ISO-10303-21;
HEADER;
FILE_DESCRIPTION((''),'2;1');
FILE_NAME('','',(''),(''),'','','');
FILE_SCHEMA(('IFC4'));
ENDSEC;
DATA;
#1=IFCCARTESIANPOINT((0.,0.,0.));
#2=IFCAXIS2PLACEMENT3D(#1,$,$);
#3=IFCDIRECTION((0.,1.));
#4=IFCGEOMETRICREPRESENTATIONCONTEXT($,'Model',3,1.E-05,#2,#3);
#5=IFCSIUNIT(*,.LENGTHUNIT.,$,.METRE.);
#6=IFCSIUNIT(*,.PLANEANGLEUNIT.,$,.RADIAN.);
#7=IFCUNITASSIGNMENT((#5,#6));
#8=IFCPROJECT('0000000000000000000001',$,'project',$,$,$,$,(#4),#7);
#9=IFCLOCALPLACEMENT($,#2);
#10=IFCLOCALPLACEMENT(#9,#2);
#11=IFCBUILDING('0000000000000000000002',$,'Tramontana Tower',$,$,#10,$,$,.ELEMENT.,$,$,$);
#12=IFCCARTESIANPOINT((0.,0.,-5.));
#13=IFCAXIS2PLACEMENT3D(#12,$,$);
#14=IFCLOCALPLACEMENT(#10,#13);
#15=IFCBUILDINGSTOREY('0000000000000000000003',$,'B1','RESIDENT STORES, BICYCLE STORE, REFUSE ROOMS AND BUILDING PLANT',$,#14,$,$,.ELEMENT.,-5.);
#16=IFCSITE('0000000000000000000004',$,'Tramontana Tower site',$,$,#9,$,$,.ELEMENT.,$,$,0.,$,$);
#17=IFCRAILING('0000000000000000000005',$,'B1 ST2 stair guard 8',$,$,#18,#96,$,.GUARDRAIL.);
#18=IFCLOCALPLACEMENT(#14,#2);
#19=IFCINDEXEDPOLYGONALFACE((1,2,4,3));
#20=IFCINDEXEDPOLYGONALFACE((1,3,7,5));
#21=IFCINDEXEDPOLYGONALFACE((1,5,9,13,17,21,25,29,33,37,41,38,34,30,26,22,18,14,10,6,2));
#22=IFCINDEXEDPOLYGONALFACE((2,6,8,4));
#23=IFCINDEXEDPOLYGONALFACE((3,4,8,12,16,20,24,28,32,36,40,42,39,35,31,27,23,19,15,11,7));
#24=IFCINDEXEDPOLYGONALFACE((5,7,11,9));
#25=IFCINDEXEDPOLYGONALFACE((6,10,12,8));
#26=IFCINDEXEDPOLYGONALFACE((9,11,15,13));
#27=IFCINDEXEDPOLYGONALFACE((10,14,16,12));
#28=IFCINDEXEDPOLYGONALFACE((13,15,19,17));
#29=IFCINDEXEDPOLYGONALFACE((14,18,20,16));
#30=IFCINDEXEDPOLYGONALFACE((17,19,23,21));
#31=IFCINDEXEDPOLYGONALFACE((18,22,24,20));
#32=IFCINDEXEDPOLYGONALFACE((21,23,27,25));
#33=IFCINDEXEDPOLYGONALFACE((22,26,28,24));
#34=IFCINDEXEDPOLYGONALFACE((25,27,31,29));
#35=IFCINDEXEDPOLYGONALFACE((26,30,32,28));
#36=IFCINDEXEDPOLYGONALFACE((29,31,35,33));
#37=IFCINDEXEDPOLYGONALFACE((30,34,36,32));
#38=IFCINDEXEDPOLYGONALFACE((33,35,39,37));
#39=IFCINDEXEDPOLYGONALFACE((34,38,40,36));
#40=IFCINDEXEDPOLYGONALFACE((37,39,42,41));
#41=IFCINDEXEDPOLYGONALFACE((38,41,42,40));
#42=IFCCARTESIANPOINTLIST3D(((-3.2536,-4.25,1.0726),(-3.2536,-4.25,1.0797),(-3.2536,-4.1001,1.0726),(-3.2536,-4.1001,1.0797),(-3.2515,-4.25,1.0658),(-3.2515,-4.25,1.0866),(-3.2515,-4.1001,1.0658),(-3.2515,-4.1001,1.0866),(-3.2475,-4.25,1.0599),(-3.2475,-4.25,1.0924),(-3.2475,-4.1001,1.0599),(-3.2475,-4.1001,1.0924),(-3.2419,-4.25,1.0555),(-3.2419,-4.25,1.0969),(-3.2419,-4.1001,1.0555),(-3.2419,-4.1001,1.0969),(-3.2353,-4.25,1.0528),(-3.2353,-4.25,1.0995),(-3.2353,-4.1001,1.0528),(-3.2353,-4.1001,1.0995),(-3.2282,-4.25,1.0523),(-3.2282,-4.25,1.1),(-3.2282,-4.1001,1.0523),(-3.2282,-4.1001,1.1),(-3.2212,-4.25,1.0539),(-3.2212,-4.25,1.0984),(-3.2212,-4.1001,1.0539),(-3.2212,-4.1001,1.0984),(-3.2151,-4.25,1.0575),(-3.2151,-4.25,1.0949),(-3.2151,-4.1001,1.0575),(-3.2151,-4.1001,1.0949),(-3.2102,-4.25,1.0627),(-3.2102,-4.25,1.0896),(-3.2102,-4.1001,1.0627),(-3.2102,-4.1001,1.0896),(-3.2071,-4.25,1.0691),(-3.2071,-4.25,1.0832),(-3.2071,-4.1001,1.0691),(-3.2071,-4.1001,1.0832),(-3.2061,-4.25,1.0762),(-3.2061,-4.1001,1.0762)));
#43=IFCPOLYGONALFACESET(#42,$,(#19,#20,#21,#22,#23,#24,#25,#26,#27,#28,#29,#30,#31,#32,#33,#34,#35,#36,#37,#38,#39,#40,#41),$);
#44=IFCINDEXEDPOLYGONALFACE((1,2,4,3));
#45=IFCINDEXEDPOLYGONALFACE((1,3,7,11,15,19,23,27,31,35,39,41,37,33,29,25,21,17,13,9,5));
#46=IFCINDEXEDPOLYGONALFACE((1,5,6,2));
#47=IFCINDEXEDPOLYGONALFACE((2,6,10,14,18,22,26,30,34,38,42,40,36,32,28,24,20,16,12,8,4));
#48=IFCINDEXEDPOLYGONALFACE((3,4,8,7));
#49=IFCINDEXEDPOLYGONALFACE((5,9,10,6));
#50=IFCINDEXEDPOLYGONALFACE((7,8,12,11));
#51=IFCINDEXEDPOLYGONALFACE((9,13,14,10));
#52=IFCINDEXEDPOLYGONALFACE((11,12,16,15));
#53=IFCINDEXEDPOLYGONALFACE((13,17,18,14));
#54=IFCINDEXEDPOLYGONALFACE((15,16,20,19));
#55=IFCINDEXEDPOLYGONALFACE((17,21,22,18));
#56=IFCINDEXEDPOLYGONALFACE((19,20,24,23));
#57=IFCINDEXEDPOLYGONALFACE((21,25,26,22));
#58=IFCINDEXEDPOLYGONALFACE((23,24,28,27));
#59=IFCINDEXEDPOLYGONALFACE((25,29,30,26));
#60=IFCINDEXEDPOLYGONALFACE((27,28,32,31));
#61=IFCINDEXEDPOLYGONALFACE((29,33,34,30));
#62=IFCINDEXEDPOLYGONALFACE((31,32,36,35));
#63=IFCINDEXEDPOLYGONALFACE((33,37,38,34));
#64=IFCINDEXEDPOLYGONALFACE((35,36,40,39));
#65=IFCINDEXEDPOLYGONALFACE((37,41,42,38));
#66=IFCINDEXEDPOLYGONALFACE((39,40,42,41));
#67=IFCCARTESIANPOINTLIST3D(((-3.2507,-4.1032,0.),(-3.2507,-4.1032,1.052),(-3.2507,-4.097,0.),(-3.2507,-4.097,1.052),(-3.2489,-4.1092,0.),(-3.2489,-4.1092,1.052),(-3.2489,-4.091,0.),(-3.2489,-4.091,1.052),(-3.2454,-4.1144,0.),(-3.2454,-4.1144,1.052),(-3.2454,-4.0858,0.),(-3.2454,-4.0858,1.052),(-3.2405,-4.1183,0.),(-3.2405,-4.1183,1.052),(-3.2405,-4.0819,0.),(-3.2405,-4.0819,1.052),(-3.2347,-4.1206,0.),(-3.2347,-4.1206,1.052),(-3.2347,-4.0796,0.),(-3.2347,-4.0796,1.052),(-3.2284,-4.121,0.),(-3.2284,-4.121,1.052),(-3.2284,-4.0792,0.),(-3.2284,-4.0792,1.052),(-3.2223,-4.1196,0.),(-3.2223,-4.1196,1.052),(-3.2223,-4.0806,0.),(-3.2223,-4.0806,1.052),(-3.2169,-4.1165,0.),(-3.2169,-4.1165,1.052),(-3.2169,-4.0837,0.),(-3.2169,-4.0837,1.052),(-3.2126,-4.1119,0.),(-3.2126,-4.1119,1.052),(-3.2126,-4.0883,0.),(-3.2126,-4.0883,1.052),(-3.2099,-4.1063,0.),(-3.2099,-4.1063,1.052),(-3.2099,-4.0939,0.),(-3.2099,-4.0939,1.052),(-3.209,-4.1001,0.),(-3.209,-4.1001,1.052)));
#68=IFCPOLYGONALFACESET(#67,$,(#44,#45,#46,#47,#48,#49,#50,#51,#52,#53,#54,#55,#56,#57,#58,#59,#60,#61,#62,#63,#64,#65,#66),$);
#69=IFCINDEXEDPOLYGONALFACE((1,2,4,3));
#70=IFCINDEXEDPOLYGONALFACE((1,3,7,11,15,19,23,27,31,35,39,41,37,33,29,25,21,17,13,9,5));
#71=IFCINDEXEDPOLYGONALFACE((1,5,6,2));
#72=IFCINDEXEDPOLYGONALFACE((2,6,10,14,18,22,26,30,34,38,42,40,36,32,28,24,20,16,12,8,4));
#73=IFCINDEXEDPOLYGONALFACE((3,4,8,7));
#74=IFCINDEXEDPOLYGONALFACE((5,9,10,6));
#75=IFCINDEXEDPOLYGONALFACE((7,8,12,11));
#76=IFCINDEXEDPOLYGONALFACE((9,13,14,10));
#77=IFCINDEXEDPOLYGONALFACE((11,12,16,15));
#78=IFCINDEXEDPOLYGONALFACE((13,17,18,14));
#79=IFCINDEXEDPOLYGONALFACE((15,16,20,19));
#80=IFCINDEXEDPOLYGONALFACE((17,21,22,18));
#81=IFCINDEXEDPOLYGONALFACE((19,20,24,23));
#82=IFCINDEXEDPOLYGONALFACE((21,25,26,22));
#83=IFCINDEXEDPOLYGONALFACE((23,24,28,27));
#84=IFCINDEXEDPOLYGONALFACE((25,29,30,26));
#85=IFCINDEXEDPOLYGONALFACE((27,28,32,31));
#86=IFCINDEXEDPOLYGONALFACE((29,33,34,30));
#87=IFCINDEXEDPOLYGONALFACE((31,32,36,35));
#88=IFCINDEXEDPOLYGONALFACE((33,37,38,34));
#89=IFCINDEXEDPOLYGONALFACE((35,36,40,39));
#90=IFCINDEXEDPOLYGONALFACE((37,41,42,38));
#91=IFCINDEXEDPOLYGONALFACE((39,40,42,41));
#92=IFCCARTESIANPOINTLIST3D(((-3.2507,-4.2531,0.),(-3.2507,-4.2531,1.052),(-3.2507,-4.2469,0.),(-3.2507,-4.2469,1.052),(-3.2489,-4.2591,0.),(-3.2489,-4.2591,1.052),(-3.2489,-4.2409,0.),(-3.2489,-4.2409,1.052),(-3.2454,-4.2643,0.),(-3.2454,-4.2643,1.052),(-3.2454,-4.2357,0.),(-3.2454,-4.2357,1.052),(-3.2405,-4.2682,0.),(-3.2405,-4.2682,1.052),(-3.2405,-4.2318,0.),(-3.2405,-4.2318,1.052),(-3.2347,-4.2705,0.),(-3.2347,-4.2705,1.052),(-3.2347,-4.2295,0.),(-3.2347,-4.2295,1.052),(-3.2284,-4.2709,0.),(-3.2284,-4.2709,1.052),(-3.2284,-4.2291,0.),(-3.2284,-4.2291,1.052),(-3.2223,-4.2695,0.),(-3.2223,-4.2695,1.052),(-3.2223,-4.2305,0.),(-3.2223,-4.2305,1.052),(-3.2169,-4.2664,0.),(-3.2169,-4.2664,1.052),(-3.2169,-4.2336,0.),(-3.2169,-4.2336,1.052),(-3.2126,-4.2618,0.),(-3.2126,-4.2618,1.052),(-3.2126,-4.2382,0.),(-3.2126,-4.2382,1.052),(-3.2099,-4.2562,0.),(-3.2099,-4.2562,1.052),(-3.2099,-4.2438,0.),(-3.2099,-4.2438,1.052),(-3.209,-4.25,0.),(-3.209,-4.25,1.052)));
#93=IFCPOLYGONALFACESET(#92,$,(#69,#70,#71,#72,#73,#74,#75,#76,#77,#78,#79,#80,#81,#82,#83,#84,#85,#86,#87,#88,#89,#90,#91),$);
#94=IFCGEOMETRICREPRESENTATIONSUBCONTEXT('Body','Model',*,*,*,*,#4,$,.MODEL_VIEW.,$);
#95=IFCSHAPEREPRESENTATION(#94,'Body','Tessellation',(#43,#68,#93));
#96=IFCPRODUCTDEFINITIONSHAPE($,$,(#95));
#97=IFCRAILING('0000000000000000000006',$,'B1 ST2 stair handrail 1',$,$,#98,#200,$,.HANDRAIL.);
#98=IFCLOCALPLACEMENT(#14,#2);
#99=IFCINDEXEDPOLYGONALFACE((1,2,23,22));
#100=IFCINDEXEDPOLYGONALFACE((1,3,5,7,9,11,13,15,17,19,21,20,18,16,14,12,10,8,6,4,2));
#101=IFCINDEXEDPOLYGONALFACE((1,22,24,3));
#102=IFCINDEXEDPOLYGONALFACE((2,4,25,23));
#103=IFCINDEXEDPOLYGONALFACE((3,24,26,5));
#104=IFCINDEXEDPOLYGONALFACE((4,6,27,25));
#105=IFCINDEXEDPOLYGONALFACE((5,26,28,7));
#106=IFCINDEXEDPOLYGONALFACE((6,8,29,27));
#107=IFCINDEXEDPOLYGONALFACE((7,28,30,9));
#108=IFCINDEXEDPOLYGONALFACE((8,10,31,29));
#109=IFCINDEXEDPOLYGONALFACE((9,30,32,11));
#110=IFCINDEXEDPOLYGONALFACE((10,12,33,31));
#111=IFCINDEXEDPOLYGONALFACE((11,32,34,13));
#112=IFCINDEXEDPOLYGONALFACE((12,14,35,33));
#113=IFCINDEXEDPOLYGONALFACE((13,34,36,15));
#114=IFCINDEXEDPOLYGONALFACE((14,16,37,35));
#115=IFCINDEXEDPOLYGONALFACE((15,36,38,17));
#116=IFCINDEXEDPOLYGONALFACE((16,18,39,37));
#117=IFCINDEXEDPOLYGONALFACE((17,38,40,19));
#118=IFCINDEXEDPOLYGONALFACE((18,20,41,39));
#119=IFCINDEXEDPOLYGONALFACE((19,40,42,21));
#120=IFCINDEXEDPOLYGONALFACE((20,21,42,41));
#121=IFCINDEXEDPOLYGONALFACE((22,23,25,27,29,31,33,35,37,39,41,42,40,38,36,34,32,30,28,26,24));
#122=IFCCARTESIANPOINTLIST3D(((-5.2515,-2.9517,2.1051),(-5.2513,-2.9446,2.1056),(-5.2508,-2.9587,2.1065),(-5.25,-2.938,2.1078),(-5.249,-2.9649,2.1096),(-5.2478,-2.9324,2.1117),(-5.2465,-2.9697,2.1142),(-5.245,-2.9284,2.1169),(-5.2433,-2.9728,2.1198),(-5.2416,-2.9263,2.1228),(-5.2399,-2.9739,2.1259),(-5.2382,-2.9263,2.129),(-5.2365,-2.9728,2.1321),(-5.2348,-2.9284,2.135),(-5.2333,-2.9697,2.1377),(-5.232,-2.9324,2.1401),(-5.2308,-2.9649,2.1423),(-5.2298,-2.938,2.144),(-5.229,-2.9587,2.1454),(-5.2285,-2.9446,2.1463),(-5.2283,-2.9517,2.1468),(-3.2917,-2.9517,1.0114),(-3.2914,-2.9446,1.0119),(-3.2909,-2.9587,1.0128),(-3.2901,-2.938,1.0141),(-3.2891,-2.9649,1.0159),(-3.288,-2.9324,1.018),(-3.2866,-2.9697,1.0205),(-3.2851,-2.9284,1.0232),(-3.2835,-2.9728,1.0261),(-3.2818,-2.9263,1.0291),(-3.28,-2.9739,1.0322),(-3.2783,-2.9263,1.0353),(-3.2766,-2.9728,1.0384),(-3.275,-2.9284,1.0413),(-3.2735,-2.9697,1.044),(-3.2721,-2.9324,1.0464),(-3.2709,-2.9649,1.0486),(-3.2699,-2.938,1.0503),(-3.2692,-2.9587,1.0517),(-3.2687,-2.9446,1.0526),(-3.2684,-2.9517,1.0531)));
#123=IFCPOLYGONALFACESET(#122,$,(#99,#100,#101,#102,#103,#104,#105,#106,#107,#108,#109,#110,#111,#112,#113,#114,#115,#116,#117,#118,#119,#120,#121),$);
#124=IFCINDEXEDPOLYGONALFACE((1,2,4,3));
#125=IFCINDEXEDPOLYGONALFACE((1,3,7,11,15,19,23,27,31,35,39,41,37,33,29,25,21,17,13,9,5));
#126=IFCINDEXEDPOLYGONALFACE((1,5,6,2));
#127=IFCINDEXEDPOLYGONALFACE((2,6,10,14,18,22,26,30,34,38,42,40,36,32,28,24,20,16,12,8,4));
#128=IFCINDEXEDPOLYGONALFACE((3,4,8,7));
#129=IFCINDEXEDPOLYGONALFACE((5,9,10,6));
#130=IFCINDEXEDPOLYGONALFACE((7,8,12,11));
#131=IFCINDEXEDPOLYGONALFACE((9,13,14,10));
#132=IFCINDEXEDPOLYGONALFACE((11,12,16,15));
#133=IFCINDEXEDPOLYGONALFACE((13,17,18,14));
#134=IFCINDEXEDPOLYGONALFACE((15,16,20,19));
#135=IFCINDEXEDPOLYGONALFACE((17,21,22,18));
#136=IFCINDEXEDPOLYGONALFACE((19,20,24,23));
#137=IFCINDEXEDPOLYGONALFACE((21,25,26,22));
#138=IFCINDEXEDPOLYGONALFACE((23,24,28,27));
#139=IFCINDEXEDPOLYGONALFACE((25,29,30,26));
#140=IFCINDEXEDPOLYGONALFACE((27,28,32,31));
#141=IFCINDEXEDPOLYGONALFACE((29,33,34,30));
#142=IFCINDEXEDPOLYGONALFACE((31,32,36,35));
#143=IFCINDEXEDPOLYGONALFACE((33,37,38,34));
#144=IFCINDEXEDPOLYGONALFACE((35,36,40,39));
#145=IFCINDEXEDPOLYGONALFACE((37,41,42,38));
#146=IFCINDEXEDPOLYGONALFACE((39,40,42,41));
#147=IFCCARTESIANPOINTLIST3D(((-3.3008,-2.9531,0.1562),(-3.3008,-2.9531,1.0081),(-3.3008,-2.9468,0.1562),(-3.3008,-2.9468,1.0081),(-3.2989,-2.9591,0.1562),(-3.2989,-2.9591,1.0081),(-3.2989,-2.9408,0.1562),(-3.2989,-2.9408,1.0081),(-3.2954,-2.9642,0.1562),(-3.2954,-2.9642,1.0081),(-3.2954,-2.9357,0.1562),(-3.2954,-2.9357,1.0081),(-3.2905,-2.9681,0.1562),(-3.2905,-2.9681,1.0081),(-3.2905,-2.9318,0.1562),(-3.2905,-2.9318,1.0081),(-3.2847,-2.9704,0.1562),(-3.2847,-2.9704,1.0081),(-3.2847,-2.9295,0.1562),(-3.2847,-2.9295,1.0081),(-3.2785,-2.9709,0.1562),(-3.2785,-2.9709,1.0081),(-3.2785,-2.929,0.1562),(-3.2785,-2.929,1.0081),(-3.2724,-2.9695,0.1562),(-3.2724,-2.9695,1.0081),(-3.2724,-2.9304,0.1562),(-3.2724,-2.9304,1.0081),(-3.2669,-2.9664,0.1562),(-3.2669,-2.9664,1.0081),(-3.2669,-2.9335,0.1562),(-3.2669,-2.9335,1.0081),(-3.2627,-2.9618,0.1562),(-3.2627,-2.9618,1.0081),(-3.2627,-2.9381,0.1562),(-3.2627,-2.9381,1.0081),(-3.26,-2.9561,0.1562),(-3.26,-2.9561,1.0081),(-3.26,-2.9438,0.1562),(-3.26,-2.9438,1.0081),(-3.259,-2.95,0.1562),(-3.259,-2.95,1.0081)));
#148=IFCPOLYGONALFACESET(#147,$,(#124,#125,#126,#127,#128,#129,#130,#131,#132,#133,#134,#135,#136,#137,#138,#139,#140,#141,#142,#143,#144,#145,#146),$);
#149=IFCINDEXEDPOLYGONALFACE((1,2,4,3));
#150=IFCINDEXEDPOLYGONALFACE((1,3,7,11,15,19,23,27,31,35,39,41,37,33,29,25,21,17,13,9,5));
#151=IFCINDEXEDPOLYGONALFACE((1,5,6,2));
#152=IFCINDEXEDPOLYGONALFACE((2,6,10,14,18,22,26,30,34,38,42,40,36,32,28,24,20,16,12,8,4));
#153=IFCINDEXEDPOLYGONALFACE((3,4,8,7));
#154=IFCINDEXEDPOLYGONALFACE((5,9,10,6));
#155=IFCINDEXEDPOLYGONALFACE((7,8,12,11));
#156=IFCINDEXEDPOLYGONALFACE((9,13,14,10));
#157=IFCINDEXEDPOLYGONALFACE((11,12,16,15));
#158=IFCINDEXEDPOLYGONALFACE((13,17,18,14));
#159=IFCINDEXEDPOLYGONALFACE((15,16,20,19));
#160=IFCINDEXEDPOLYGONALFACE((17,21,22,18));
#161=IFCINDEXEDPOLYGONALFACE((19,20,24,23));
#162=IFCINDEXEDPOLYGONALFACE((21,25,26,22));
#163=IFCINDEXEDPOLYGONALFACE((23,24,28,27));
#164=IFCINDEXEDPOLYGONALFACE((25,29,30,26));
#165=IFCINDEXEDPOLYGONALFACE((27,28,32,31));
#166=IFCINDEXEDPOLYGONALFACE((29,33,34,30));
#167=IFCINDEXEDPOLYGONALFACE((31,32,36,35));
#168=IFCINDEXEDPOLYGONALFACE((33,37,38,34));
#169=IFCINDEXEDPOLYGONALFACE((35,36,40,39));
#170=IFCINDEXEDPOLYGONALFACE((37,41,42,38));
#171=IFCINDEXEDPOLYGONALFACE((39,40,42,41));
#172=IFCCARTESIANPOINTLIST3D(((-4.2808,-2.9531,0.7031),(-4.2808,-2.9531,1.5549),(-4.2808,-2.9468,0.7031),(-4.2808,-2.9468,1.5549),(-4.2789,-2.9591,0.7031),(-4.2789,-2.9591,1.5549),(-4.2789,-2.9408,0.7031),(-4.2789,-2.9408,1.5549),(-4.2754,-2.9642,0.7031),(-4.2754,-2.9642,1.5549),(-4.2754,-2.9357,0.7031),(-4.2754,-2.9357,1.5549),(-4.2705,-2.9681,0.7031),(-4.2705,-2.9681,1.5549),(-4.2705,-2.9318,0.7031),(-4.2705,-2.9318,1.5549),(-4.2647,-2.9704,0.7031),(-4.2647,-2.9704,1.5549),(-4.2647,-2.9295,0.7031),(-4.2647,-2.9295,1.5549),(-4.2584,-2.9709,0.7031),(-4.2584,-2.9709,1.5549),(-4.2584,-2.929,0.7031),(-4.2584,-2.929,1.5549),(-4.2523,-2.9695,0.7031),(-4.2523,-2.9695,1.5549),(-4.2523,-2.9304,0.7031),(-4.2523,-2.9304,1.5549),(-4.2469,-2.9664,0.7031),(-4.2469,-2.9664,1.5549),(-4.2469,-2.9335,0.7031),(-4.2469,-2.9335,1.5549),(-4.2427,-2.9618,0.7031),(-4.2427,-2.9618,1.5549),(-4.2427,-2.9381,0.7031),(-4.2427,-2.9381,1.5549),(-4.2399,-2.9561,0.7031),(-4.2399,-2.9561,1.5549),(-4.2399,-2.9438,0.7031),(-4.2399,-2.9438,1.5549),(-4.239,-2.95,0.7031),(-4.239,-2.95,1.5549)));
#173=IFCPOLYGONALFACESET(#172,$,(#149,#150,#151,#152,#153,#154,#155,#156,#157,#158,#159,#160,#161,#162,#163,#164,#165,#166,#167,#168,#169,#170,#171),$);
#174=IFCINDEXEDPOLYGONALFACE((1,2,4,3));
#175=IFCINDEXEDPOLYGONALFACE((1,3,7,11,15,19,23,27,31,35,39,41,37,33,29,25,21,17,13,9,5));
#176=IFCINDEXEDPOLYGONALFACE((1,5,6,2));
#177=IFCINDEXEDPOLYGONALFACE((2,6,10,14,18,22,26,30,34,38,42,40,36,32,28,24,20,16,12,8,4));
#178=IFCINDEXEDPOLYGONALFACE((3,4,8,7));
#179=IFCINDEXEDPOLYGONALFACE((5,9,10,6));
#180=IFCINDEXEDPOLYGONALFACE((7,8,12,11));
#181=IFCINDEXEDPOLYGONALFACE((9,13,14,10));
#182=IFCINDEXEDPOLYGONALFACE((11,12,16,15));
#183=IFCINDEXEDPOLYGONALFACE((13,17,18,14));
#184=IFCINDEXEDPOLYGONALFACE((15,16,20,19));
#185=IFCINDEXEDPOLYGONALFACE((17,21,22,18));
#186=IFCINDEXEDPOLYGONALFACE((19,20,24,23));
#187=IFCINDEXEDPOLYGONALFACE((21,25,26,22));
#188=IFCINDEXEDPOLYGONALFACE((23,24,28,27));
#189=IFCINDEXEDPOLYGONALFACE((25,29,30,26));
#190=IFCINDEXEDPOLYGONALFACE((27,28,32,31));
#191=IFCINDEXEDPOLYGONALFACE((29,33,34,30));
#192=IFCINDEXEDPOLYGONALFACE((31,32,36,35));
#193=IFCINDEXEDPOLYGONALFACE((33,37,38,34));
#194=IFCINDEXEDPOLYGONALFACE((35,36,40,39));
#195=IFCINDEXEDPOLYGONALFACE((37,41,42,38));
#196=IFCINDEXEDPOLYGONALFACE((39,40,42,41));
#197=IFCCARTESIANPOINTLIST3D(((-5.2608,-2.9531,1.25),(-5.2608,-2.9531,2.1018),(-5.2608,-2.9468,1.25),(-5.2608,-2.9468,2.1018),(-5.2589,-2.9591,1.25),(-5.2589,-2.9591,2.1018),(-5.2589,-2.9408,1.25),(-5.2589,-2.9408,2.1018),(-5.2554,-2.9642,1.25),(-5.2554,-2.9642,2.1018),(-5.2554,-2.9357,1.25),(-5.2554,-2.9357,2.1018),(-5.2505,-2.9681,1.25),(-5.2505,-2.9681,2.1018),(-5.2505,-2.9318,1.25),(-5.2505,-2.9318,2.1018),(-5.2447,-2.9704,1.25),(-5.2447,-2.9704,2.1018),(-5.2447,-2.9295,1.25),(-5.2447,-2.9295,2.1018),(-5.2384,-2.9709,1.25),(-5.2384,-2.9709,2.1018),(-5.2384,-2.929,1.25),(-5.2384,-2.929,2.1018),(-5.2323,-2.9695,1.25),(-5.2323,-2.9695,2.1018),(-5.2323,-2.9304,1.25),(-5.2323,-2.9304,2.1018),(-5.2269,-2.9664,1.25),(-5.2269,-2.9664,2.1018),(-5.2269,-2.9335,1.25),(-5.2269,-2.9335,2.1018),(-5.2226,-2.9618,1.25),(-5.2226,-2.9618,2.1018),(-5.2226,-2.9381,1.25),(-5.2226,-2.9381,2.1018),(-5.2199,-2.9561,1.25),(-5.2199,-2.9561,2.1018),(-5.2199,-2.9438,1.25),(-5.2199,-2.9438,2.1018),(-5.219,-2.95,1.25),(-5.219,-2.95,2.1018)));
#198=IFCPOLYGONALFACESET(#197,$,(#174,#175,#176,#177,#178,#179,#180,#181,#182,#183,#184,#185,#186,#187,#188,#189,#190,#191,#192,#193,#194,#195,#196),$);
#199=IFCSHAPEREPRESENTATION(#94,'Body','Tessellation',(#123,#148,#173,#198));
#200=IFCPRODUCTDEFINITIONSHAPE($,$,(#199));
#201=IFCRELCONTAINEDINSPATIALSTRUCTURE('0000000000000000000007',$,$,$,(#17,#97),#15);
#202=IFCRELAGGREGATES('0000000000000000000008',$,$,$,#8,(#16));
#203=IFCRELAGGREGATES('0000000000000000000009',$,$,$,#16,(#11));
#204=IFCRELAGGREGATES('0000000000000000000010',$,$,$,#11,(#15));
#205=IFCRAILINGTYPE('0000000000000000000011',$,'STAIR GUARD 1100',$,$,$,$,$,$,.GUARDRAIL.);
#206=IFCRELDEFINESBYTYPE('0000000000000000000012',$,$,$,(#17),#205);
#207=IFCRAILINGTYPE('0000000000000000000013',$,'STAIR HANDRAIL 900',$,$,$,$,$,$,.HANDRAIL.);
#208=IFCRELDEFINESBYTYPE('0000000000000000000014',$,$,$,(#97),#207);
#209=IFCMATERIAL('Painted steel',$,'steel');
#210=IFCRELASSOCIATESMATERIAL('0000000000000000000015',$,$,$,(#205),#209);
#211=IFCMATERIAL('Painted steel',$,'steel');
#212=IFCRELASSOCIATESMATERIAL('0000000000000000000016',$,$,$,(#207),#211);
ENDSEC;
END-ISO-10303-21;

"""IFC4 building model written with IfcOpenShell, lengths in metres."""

from ifc_helpers import new_model, si_unit, direction, frame, origin, origin_2d, place, context, subcontext, project, spatial, circle, extrude, material, type_object, element, save


model = new_model("IFC4")

# Units and contexts
model_context = context("Model", 3, precision=1e-05, world=origin(), true_north=direction((0.0, 1.0)))
body_context = subcontext(model_context, "Body", "Model", "MODEL_VIEW")
ifc_project = project(units=[si_unit("LENGTHUNIT", "METRE"), si_unit("PLANEANGLEUNIT", "RADIAN")], contexts=[model_context])

# Site, building, storey
site_placement = place(None, origin())
site = spatial("IfcSite", under=ifc_project, at=site_placement, Name="Tramontana Tower site", CompositionType="ELEMENT", RefElevation=0.0)
building_placement = place(site_placement, origin())
building = spatial("IfcBuilding", under=site, at=building_placement, Name="Tramontana Tower", CompositionType="ELEMENT")
storey_placement = place(building_placement, frame((0.0, 0.0, -5.0)))
storey = spatial("IfcBuildingStorey", under=building, at=storey_placement, Name="B1", Description="RESIDENT STORES, BICYCLE STORE, REFUSE ROOMS AND BUILDING PLANT", CompositionType="ELEMENT", Elevation=-5.0)

# Railings
ifc_material_1 = material(Name="Painted steel", Category="steel")
railing_type_1 = type_object("IfcRailingType", Name="STAIR GUARD 1100", PredefinedType="GUARDRAIL", material=ifc_material_1)
for number, where, name in (
    (1, (-3.23, -4.1001, 0.0), "B1 ST2 stair guard 8"),
):
    element("IfcRailing", number, at=place(storey_placement, frame(where)), inside=storey, type_object=railing_type_1, Name=name, PredefinedType="GUARDRAIL", context=body_context, shape_type="SweptSolid", body=[
        extrude(circle(Radius=0.0239, at=origin_2d()), frame((0.0, 0.0, 1.0762), z_axis=(0.0, -1.0, 0.0), x_axis=(1.0, 0.0, 0.0)), (0.0, 0.0, 1.0), 0.1499),
        extrude(circle(Radius=0.021, at=origin_2d()), origin(), (0.0, 0.0, 1.0), 1.052),
        extrude(circle(Radius=0.021, at=origin_2d()), frame((0.0, -0.1499, 0.0)), (0.0, 0.0, 1.0), 1.052),
    ])
ifc_material_2 = material(Name="Painted steel", Category="steel")
railing_type_2 = type_object("IfcRailingType", Name="STAIR HANDRAIL 900", PredefinedType="HANDRAIL", material=ifc_material_2)
railing_1_placement = place(storey_placement, frame((-3.28, -2.95, 0.1562)))
element("IfcRailing", 2, at=railing_1_placement, inside=storey, type_object=railing_type_2, Name="B1 ST2 stair handrail 1", PredefinedType="HANDRAIL", context=body_context, shape_type="SweptSolid", body=[
    extrude(circle(Radius=0.0239, at=origin_2d()), frame((0.0, 0.0, 0.876), z_axis=(-0.873232, 0.0, 0.487304), x_axis=(0.0, -1.0, 0.0)), (0.0, 0.0, 1.0), 2.2444),
    extrude(circle(Radius=0.021, at=origin_2d()), origin(), (0.0, 0.0, 1.0), 0.8518),
    extrude(circle(Radius=0.021, at=origin_2d()), frame((-0.98, 0.0, 0.5469)), (0.0, 0.0, 1.0), 0.8518),
    extrude(circle(Radius=0.021, at=origin_2d()), frame((-1.96, 0.0, 1.0938)), (0.0, 0.0, 1.0), 0.8518),
])

save(model, "model.ifc")
